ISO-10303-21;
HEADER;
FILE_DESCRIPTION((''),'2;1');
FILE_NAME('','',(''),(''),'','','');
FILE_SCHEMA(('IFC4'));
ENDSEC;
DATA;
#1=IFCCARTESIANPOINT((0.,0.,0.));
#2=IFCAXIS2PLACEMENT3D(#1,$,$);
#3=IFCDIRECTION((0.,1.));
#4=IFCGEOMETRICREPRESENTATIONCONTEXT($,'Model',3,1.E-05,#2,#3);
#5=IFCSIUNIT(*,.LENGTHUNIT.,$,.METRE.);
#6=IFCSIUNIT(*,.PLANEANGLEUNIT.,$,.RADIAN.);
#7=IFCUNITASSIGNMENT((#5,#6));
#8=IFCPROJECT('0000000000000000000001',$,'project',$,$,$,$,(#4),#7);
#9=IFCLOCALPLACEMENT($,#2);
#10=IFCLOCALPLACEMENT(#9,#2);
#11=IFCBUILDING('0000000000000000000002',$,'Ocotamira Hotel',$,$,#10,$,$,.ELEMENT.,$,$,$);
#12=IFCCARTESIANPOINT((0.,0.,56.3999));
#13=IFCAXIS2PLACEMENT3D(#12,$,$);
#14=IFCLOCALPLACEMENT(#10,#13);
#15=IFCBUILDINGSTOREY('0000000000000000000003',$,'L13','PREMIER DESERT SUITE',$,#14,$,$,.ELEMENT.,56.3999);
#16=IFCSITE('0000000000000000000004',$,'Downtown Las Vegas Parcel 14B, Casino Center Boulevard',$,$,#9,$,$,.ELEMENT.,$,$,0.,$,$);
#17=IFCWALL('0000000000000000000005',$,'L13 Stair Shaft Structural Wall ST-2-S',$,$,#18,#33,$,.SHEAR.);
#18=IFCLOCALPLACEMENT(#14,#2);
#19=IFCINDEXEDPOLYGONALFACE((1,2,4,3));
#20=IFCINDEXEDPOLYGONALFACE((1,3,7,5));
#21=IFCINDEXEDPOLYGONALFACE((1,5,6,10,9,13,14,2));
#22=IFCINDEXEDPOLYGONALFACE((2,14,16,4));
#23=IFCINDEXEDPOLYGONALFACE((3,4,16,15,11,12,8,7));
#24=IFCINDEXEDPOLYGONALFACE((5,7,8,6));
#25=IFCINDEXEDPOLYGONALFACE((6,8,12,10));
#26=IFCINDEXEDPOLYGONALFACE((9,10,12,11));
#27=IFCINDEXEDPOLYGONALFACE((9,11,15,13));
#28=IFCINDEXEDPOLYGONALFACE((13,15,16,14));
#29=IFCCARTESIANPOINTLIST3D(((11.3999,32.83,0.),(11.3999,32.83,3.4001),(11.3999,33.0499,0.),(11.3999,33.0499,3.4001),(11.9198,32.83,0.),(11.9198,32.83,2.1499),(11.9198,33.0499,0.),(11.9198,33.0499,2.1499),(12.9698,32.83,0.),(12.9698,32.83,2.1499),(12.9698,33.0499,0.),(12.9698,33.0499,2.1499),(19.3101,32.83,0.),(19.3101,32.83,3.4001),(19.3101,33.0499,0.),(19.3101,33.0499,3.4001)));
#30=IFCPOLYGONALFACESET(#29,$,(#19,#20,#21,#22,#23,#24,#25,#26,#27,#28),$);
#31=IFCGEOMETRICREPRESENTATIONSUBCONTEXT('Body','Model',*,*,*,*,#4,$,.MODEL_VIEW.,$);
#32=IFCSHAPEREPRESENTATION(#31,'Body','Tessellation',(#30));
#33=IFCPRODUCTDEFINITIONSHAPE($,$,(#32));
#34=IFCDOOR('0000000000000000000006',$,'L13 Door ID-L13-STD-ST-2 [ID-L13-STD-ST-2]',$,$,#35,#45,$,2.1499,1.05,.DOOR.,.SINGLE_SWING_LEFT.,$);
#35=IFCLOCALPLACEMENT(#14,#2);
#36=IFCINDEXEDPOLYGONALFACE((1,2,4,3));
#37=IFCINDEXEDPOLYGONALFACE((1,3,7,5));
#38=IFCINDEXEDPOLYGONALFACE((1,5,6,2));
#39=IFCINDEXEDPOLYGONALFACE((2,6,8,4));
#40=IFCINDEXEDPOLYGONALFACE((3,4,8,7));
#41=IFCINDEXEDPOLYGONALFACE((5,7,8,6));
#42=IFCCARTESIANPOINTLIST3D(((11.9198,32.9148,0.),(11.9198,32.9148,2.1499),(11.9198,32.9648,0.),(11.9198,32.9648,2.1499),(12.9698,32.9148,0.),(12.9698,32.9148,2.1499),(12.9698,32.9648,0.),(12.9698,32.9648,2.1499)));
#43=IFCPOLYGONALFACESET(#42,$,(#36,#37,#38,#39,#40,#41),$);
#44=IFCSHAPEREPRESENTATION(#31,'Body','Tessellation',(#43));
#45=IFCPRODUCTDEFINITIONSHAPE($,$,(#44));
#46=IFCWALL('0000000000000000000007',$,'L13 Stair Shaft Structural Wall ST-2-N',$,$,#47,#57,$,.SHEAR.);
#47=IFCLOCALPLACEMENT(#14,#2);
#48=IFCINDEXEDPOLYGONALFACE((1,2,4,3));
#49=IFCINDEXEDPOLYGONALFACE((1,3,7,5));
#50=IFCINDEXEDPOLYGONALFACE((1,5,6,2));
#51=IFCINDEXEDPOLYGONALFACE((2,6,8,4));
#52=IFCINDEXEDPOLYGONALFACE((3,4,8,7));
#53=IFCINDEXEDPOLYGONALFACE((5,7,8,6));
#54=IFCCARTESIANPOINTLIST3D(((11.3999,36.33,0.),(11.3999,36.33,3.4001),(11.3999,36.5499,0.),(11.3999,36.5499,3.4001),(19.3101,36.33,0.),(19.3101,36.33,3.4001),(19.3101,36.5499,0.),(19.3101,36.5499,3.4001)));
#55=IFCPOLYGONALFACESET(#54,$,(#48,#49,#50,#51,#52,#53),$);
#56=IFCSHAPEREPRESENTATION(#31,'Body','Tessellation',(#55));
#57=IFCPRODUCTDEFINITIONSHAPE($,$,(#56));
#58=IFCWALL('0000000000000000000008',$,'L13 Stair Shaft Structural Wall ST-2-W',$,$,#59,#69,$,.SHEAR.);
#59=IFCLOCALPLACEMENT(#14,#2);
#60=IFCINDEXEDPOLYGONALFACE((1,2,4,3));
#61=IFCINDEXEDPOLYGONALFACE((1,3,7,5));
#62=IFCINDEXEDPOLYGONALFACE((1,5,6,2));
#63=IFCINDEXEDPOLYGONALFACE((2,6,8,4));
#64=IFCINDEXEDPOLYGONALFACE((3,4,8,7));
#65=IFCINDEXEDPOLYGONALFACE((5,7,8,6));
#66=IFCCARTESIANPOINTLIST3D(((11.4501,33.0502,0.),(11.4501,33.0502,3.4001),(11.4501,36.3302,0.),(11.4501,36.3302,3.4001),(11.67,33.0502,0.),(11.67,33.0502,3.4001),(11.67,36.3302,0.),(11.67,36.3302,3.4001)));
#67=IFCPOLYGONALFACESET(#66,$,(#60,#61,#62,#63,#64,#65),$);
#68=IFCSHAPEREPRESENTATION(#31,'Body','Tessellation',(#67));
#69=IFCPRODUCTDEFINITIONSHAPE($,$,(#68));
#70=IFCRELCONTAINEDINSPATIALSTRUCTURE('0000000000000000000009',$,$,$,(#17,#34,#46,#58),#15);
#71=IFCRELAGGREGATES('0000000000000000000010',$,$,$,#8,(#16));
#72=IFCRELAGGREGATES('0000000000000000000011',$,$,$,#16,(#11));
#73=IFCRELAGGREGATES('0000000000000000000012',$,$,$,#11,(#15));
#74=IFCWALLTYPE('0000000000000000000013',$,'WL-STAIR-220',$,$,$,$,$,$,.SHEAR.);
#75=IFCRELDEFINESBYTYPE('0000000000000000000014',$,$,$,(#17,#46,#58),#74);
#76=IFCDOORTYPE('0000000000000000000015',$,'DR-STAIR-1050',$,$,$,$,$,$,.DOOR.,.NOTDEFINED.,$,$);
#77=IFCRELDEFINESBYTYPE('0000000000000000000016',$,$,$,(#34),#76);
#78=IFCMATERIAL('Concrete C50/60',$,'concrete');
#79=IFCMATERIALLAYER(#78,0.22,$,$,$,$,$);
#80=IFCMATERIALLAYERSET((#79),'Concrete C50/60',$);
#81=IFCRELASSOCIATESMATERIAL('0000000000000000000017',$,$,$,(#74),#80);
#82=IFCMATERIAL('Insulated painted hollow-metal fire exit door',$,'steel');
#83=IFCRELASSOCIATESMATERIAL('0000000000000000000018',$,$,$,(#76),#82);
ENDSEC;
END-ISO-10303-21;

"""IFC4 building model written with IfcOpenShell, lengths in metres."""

from ifc_helpers import new_model, si_unit, direction, frame, frame_2d, origin, place, context, subcontext, project, spatial, rectangle, extrude, source, transform, mapped, material, layer, layer_set, type_object, element, fill, save


model = new_model("IFC4")

# Units and contexts
model_context = context("Model", 3, precision=1e-05, world=origin(), true_north=direction((0.0, 1.0)))
body_context = subcontext(model_context, "Body", "Model", "MODEL_VIEW")
ifc_project = project(units=[si_unit("LENGTHUNIT", "METRE"), si_unit("PLANEANGLEUNIT", "RADIAN")], contexts=[model_context])

# Site, building, storey
site_placement = place(None, origin())
site = spatial("IfcSite", under=ifc_project, at=site_placement, Name="Downtown Las Vegas Parcel 14B, Casino Center Boulevard", CompositionType="ELEMENT", RefElevation=0.0)
building_placement = place(site_placement, origin())
building = spatial("IfcBuilding", under=site, at=building_placement, Name="Ocotamira Hotel", CompositionType="ELEMENT")
storey_placement = place(building_placement, frame((0.0, 0.0, 56.3999)))
storey = spatial("IfcBuildingStorey", under=building, at=storey_placement, Name="L13", Description="PREMIER DESERT SUITE", CompositionType="ELEMENT", Elevation=56.3999)

# Wall, opening, door
ifc_material_1 = material(Name="Concrete C50/60", Category="concrete")
ifc_layer_1 = layer(ifc_material_1, 0.22)
ifc_layer_set_1 = layer_set([ifc_layer_1], Name="Concrete C50/60")
wall_type_1 = type_object("IfcWallType", Name="WL-STAIR-220", PredefinedType="SHEAR", material=ifc_layer_set_1)
wall_1_placement = place(storey_placement, frame((11.3999, 32.9399, 0.0), z_axis=(0.0, 0.0, 1.0), x_axis=(1.0, 0.0, 0.0)))
wall_1 = element("IfcWall", 1, at=wall_1_placement, inside=storey, type_object=wall_type_1, Name="L13 Stair Shaft Structural Wall ST-2-S", PredefinedType="SHEAR", context=body_context, shape_type="SweptSolid", body=[
    extrude(rectangle(XDim=7.9102, YDim=0.22, at=frame_2d((3.9551, 0.0))), origin(), (0.0, 0.0, 1.0), 3.4001),
])
opening_1_placement = place(wall_1_placement, frame((0.52, 0.0, 0.0)))
opening_1 = element("IfcOpeningElement", 2, at=opening_1_placement, cuts=wall_1, PredefinedType="OPENING", context=body_context, shape_type="SweptSolid", body=[
    extrude(rectangle(XDim=1.05, YDim=2.1499, at=frame_2d((0.5249, 1.075))), frame((0.0, 0.1201, 0.0), z_axis=(0.0, -1.0, 0.0), x_axis=(1.0, 0.0, 0.0)), (0.0, 0.0, 1.0), 0.24),
])
ifc_material_2 = material(Name="Insulated painted hollow-metal fire exit door", Category="steel")
door_type_1 = type_object("IfcDoorType", Name="DR-STAIR-1050", OperationType="NOTDEFINED", PredefinedType="DOOR", material=ifc_material_2)
shared_shape_1 = source(origin(), body_context, "Body", "SweptSolid", [
    extrude(rectangle(XDim=1.05, YDim=2.1499, at=frame_2d((0.5249, 1.075))), frame((0.0, 0.0249, 0.0), z_axis=(0.0, -1.0, 0.0), x_axis=(1.0, 0.0, 0.0)), (0.0, 0.0, 1.0), 0.05),
])
door_1_placement = place(opening_1_placement, origin())
door_1 = element("IfcDoor", 3, at=door_1_placement, inside=storey, type_object=door_type_1, Name="L13 Door ID-L13-STD-ST-2 [ID-L13-STD-ST-2]", OperationType="SINGLE_SWING_LEFT", OverallHeight=2.1499, OverallWidth=1.05, PredefinedType="DOOR", context=body_context, shape_type="MappedRepresentation", body=[
    mapped(shared_shape_1, transform((0.0, 0.0, 0.0), scale=1.0)),
])
fill(opening_1, door_1)

# Walls
wall_2_placement = place(storey_placement, frame((11.3999, 36.4399, 0.0), z_axis=(0.0, 0.0, 1.0), x_axis=(1.0, 0.0, 0.0)))
element("IfcWall", 4, at=wall_2_placement, inside=storey, type_object=wall_type_1, Name="L13 Stair Shaft Structural Wall ST-2-N", PredefinedType="SHEAR", context=body_context, shape_type="SweptSolid", body=[
    extrude(rectangle(XDim=7.9102, YDim=0.22, at=frame_2d((3.9551, 0.0))), origin(), (0.0, 0.0, 1.0), 3.4001),
])
wall_3_placement = place(storey_placement, frame((11.5601, 33.05, 0.0), z_axis=(0.0, 0.0, 1.0), x_axis=(0.0, 1.0, 0.0)))
element("IfcWall", 5, at=wall_3_placement, inside=storey, type_object=wall_type_1, Name="L13 Stair Shaft Structural Wall ST-2-W", PredefinedType="SHEAR", context=body_context, shape_type="SweptSolid", body=[
    extrude(rectangle(XDim=3.28, YDim=0.22, at=frame_2d((1.6401, 0.0))), origin(), (0.0, 0.0, 1.0), 3.4001),
])

save(model, "model.ifc")
